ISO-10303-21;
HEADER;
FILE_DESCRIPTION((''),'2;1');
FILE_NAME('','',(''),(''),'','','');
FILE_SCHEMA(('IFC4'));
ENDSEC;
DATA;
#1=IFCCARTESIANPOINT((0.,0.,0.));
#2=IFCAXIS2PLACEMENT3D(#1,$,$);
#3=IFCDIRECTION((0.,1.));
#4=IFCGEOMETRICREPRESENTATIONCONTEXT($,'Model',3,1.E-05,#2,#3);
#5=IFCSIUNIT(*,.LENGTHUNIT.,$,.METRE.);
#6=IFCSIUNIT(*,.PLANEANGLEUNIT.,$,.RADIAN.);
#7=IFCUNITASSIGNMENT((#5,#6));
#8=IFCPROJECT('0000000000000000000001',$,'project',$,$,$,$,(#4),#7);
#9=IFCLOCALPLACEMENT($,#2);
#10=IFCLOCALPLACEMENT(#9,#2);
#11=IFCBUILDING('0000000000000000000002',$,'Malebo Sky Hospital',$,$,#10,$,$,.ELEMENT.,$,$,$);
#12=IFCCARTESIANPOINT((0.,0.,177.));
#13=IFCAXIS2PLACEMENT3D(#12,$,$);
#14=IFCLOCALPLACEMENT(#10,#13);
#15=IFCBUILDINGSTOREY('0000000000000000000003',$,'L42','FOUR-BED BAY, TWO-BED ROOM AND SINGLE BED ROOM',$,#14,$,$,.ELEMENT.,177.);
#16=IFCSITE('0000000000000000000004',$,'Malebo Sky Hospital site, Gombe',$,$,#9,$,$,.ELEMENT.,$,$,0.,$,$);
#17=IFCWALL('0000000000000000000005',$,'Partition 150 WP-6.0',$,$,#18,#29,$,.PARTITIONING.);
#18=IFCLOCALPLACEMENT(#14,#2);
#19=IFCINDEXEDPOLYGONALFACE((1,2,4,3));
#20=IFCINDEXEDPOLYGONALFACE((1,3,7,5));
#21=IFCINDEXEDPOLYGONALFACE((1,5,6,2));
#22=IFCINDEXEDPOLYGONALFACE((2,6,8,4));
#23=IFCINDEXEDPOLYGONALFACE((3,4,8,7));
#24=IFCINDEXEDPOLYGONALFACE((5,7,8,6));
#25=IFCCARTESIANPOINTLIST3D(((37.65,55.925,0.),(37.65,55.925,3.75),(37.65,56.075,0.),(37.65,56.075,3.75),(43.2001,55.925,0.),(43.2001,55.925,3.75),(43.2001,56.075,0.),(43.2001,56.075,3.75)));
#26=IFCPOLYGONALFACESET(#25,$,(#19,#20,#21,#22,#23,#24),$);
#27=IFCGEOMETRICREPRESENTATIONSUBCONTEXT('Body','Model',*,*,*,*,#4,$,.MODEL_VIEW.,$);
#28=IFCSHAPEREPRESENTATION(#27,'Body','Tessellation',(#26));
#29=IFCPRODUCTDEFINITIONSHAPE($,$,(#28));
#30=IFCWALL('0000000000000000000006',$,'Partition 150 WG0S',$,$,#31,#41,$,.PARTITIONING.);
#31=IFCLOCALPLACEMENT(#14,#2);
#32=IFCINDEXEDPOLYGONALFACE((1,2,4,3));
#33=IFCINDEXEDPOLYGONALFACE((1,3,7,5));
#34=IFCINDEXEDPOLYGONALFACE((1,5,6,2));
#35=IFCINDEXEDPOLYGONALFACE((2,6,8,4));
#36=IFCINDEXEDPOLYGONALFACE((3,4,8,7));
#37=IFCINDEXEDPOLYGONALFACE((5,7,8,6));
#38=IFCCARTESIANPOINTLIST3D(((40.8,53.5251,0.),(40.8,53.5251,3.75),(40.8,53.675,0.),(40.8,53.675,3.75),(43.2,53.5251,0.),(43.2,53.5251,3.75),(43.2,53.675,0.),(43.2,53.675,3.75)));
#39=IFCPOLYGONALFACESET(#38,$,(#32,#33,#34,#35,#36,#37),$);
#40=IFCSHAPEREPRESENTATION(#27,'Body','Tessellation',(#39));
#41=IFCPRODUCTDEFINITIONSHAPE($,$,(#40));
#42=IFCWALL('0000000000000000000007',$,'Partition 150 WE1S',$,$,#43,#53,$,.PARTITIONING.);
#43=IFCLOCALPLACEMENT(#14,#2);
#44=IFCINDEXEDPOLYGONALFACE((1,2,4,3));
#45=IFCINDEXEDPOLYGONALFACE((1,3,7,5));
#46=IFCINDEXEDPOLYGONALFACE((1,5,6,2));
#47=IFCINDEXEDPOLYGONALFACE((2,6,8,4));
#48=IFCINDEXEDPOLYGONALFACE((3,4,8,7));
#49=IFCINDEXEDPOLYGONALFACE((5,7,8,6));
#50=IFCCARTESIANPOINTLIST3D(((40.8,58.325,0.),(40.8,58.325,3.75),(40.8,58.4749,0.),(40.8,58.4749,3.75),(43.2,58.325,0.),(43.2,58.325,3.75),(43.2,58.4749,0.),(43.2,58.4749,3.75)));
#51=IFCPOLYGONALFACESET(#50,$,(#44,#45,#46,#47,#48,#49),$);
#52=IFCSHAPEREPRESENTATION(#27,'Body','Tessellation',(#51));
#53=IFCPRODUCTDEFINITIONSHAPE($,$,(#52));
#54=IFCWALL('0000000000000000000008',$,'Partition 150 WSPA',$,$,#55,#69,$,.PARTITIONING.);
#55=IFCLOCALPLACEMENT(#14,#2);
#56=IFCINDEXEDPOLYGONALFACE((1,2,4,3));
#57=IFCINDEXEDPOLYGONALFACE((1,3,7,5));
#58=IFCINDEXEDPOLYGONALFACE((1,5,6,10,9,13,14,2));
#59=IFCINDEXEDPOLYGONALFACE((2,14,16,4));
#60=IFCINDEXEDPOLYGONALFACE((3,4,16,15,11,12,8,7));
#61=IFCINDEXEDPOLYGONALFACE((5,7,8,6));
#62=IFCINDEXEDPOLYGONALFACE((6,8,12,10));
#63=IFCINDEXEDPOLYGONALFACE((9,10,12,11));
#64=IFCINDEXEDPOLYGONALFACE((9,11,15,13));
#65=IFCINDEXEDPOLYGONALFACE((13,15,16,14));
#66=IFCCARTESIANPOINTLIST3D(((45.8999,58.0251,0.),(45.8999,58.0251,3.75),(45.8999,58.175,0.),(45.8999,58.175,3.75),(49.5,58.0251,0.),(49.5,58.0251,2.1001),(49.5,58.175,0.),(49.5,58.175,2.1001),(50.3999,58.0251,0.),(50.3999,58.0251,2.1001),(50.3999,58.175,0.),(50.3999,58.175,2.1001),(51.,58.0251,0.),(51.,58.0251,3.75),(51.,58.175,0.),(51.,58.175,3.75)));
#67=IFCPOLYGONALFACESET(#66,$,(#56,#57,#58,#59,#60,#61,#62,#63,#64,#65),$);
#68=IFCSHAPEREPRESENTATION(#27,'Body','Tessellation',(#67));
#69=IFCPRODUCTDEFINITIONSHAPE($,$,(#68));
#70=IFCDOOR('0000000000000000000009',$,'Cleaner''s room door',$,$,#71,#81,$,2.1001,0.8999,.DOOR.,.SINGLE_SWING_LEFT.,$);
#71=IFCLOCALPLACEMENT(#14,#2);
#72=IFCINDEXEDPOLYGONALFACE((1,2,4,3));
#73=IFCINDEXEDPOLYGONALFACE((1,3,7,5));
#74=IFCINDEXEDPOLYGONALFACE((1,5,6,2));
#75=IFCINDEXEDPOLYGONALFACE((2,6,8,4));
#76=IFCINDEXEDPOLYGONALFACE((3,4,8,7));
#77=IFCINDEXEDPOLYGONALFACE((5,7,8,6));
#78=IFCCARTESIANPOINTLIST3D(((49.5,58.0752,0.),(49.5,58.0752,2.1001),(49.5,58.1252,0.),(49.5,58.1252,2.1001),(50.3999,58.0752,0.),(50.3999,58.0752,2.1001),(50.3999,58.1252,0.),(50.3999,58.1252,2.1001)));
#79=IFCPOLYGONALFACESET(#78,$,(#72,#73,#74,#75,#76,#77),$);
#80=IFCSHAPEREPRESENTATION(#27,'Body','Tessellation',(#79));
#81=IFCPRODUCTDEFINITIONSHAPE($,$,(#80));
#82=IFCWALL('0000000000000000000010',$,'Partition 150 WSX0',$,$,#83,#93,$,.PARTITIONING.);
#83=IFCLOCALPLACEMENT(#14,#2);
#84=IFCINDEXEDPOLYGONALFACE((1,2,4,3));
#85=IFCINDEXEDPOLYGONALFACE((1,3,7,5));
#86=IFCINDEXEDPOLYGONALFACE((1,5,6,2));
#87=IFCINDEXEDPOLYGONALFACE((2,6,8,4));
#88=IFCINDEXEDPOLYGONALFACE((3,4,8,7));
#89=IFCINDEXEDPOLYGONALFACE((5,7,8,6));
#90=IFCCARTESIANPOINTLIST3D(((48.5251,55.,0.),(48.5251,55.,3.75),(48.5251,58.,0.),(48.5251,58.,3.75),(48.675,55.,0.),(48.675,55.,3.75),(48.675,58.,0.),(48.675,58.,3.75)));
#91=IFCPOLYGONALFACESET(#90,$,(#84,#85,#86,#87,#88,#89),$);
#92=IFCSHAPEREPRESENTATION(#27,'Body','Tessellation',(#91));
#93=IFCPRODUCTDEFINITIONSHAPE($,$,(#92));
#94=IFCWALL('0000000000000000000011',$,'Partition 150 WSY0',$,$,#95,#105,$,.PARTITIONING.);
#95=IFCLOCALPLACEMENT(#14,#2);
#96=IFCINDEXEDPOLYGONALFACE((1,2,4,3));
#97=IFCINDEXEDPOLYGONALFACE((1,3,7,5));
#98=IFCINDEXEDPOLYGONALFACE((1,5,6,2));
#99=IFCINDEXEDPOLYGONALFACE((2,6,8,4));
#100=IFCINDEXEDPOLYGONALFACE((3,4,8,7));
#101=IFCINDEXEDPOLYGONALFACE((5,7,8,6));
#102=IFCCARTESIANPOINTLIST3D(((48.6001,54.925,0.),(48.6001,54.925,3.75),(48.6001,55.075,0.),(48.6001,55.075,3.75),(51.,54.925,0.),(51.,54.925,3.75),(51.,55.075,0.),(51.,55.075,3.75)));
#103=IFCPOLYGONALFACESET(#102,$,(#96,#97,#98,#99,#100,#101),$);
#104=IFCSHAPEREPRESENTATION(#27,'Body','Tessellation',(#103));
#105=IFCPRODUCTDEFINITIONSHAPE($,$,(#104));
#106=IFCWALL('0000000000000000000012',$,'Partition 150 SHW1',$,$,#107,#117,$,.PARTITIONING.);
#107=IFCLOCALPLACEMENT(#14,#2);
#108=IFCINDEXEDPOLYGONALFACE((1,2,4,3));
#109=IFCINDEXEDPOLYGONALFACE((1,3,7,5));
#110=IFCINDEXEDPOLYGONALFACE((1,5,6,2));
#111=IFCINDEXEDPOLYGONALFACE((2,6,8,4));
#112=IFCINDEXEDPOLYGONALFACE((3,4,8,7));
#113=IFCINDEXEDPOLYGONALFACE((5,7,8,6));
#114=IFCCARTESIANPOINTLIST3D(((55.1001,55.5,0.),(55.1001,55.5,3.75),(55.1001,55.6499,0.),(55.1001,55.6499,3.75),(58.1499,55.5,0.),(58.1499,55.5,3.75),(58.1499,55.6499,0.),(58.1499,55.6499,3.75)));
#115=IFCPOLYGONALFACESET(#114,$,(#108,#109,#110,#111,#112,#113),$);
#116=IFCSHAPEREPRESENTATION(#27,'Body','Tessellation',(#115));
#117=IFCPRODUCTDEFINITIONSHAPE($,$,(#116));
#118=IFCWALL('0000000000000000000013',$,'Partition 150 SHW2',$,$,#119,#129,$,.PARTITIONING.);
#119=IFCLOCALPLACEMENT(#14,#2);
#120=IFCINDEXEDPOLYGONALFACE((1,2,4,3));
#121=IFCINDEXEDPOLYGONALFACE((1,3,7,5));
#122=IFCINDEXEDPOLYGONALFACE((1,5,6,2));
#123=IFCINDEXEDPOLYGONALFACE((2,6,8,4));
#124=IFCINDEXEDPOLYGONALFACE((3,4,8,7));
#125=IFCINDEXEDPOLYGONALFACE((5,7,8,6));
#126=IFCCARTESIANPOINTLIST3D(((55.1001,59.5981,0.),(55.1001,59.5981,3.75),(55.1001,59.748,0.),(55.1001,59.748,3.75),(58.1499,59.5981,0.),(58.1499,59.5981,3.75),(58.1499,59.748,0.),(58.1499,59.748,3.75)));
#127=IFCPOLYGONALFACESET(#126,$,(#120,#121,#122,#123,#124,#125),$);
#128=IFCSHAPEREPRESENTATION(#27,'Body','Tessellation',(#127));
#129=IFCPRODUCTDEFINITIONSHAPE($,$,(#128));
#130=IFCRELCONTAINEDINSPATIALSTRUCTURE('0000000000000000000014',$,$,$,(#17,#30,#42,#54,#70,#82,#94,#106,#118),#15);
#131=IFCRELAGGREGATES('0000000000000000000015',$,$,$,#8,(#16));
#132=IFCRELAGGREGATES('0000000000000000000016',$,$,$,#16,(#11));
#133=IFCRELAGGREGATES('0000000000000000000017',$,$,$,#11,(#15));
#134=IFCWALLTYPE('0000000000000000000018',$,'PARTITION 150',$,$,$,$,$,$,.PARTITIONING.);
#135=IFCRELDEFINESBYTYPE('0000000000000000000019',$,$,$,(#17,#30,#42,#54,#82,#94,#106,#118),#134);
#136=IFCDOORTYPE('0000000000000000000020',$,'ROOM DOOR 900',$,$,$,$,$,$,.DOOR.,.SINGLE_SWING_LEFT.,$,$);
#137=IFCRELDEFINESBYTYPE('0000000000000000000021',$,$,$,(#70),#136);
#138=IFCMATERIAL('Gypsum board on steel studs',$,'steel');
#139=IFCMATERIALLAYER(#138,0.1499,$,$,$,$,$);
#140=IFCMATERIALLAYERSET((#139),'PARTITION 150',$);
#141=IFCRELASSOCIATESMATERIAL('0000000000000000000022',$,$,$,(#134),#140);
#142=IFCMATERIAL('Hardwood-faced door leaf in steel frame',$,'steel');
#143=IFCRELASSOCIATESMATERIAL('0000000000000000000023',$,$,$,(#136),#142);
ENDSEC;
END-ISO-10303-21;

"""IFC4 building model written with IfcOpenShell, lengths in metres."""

from ifc_helpers import new_model, si_unit, direction, frame, frame_2d, origin, place, context, subcontext, project, spatial, rectangle, extrude, material, layer, layer_set, type_object, element, fill, save


model = new_model("IFC4")

# Units and contexts
model_context = context("Model", 3, precision=1e-05, world=origin(), true_north=direction((0.0, 1.0)))
body_context = subcontext(model_context, "Body", "Model", "MODEL_VIEW")
ifc_project = project(units=[si_unit("LENGTHUNIT", "METRE"), si_unit("PLANEANGLEUNIT", "RADIAN")], contexts=[model_context])

# Site, building, storey
site_placement = place(None, origin())
site = spatial("IfcSite", under=ifc_project, at=site_placement, Name="Malebo Sky Hospital site, Gombe", CompositionType="ELEMENT", RefElevation=0.0)
building_placement = place(site_placement, origin())
building = spatial("IfcBuilding", under=site, at=building_placement, Name="Malebo Sky Hospital", CompositionType="ELEMENT")
storey_placement = place(building_placement, frame((0.0, 0.0, 177.0)))
storey = spatial("IfcBuildingStorey", under=building, at=storey_placement, Name="L42", Description="FOUR-BED BAY, TWO-BED ROOM AND SINGLE BED ROOM", CompositionType="ELEMENT", Elevation=177.0)

# Shared definitions
ifc_material_1 = material(Name="Hardwood-faced door leaf in steel frame", Category="steel")

# Walls
ifc_material_2 = material(Name="Gypsum board on steel studs", Category="steel")
ifc_layer_1 = layer(ifc_material_2, 0.1499)
ifc_layer_set_1 = layer_set([ifc_layer_1], Name="PARTITION 150")
wall_type_1 = type_object("IfcWallType", Name="PARTITION 150", PredefinedType="PARTITIONING", material=ifc_layer_set_1)
wall_1_placement = place(storey_placement, frame((43.2, 56.0, 0.0), z_axis=(0.0, 0.0, 1.0), x_axis=(-1.0, 0.0, 0.0)))
element("IfcWall", 1, at=wall_1_placement, inside=storey, type_object=wall_type_1, Name="Partition 150 WP-6.0", PredefinedType="PARTITIONING", context=body_context, shape_type="SweptSolid", body=[
    extrude(rectangle(XDim=5.55, YDim=0.1499, at=frame_2d((2.7749, 0.0))), origin(), (0.0, 0.0, 1.0), 3.75),
])
for number, where, z_axis, x_axis, name in (
    (2, (43.2, 53.6001, 0.0), (0.0, 0.0, 1.0), (-1.0, 0.0, 0.0), "Partition 150 WG0S"),
    (3, (43.2, 58.3999, 0.0), (0.0, 0.0, 1.0), (-1.0, 0.0, 0.0), "Partition 150 WE1S"),
):
    element("IfcWall", number, at=place(storey_placement, frame(where, z_axis=z_axis, x_axis=x_axis)), inside=storey, type_object=wall_type_1, Name=name, PredefinedType="PARTITIONING", context=body_context, shape_type="SweptSolid", body=[
        extrude(rectangle(XDim=2.3999, YDim=0.1499, at=frame_2d((1.2, 0.0))), origin(), (0.0, 0.0, 1.0), 3.75),
    ])

# Wall, opening, door
wall_2_placement = place(storey_placement, frame((51.0, 58.1001, 0.0), z_axis=(0.0, 0.0, 1.0), x_axis=(-1.0, 0.0, 0.0)))
wall_2 = element("IfcWall", 4, at=wall_2_placement, inside=storey, type_object=wall_type_1, Name="Partition 150 WSPA", PredefinedType="PARTITIONING", context=body_context, shape_type="SweptSolid", body=[
    extrude(rectangle(XDim=5.1001, YDim=0.1499, at=frame_2d((2.55, 0.0))), origin(), (0.0, 0.0, 1.0), 3.75),
])
opening_1_placement = place(wall_2_placement, frame((0.6001, 0.0, 0.0)))
opening_1 = element("IfcOpeningElement", 5, at=opening_1_placement, cuts=wall_2, PredefinedType="OPENING", context=body_context, shape_type="SweptSolid", body=[
    extrude(rectangle(XDim=0.8999, YDim=2.1001, at=frame_2d((0.45, 1.05))), frame((0.0, 0.085, 0.0), z_axis=(0.0, -1.0, 0.0), x_axis=(1.0, 0.0, 0.0)), (0.0, 0.0, 1.0), 0.1699),
])
door_type_1 = type_object("IfcDoorType", Name="ROOM DOOR 900", OperationType="SINGLE_SWING_LEFT", PredefinedType="DOOR", material=ifc_material_1)
door_1_placement = place(opening_1_placement, origin())
door_1 = element("IfcDoor", 6, at=door_1_placement, inside=storey, type_object=door_type_1, Name="Cleaner's room door", OperationType="SINGLE_SWING_LEFT", OverallHeight=2.1001, OverallWidth=0.8999, PredefinedType="DOOR", context=body_context, shape_type="SweptSolid", body=[
    extrude(rectangle(XDim=0.8999, YDim=2.1001, at=frame_2d((0.45, 1.05))), frame((0.0, 0.0249, 0.0), z_axis=(0.0, -1.0, 0.0), x_axis=(1.0, 0.0, 0.0)), (0.0, 0.0, 1.0), 0.05),
])
fill(opening_1, door_1)

# Walls
wall_3_placement = place(storey_placement, frame((48.6001, 55.0, 0.0), z_axis=(0.0, 0.0, 1.0), x_axis=(0.0, 1.0, 0.0)))
element("IfcWall", 7, at=wall_3_placement, inside=storey, type_object=wall_type_1, Name="Partition 150 WSX0", PredefinedType="PARTITIONING", context=body_context, shape_type="SweptSolid", body=[
    extrude(rectangle(XDim=3.0, YDim=0.1499, at=frame_2d((1.5, 0.0))), origin(), (0.0, 0.0, 1.0), 3.75),
])
wall_4_placement = place(storey_placement, frame((51.0, 55.0, 0.0), z_axis=(0.0, 0.0, 1.0), x_axis=(-1.0, 0.0, 0.0)))
element("IfcWall", 8, at=wall_4_placement, inside=storey, type_object=wall_type_1, Name="Partition 150 WSY0", PredefinedType="PARTITIONING", context=body_context, shape_type="SweptSolid", body=[
    extrude(rectangle(XDim=2.3999, YDim=0.1499, at=frame_2d((1.2, 0.0))), origin(), (0.0, 0.0, 1.0), 3.75),
])
for number, where, z_axis, x_axis, name in (
    (9, (55.1001, 55.575, 0.0), (0.0, 0.0, 1.0), (1.0, 0.0, 0.0), "Partition 150 SHW1"),
    (10, (55.1001, 59.6731, 0.0), (0.0, 0.0, 1.0), (1.0, 0.0, 0.0), "Partition 150 SHW2"),
):
    element("IfcWall", number, at=place(storey_placement, frame(where, z_axis=z_axis, x_axis=x_axis)), inside=storey, type_object=wall_type_1, Name=name, PredefinedType="PARTITIONING", context=body_context, shape_type="SweptSolid", body=[
        extrude(rectangle(XDim=3.0498, YDim=0.1499, at=frame_2d((1.5249, 0.0))), origin(), (0.0, 0.0, 1.0), 3.75),
    ])

save(model, "model.ifc")
